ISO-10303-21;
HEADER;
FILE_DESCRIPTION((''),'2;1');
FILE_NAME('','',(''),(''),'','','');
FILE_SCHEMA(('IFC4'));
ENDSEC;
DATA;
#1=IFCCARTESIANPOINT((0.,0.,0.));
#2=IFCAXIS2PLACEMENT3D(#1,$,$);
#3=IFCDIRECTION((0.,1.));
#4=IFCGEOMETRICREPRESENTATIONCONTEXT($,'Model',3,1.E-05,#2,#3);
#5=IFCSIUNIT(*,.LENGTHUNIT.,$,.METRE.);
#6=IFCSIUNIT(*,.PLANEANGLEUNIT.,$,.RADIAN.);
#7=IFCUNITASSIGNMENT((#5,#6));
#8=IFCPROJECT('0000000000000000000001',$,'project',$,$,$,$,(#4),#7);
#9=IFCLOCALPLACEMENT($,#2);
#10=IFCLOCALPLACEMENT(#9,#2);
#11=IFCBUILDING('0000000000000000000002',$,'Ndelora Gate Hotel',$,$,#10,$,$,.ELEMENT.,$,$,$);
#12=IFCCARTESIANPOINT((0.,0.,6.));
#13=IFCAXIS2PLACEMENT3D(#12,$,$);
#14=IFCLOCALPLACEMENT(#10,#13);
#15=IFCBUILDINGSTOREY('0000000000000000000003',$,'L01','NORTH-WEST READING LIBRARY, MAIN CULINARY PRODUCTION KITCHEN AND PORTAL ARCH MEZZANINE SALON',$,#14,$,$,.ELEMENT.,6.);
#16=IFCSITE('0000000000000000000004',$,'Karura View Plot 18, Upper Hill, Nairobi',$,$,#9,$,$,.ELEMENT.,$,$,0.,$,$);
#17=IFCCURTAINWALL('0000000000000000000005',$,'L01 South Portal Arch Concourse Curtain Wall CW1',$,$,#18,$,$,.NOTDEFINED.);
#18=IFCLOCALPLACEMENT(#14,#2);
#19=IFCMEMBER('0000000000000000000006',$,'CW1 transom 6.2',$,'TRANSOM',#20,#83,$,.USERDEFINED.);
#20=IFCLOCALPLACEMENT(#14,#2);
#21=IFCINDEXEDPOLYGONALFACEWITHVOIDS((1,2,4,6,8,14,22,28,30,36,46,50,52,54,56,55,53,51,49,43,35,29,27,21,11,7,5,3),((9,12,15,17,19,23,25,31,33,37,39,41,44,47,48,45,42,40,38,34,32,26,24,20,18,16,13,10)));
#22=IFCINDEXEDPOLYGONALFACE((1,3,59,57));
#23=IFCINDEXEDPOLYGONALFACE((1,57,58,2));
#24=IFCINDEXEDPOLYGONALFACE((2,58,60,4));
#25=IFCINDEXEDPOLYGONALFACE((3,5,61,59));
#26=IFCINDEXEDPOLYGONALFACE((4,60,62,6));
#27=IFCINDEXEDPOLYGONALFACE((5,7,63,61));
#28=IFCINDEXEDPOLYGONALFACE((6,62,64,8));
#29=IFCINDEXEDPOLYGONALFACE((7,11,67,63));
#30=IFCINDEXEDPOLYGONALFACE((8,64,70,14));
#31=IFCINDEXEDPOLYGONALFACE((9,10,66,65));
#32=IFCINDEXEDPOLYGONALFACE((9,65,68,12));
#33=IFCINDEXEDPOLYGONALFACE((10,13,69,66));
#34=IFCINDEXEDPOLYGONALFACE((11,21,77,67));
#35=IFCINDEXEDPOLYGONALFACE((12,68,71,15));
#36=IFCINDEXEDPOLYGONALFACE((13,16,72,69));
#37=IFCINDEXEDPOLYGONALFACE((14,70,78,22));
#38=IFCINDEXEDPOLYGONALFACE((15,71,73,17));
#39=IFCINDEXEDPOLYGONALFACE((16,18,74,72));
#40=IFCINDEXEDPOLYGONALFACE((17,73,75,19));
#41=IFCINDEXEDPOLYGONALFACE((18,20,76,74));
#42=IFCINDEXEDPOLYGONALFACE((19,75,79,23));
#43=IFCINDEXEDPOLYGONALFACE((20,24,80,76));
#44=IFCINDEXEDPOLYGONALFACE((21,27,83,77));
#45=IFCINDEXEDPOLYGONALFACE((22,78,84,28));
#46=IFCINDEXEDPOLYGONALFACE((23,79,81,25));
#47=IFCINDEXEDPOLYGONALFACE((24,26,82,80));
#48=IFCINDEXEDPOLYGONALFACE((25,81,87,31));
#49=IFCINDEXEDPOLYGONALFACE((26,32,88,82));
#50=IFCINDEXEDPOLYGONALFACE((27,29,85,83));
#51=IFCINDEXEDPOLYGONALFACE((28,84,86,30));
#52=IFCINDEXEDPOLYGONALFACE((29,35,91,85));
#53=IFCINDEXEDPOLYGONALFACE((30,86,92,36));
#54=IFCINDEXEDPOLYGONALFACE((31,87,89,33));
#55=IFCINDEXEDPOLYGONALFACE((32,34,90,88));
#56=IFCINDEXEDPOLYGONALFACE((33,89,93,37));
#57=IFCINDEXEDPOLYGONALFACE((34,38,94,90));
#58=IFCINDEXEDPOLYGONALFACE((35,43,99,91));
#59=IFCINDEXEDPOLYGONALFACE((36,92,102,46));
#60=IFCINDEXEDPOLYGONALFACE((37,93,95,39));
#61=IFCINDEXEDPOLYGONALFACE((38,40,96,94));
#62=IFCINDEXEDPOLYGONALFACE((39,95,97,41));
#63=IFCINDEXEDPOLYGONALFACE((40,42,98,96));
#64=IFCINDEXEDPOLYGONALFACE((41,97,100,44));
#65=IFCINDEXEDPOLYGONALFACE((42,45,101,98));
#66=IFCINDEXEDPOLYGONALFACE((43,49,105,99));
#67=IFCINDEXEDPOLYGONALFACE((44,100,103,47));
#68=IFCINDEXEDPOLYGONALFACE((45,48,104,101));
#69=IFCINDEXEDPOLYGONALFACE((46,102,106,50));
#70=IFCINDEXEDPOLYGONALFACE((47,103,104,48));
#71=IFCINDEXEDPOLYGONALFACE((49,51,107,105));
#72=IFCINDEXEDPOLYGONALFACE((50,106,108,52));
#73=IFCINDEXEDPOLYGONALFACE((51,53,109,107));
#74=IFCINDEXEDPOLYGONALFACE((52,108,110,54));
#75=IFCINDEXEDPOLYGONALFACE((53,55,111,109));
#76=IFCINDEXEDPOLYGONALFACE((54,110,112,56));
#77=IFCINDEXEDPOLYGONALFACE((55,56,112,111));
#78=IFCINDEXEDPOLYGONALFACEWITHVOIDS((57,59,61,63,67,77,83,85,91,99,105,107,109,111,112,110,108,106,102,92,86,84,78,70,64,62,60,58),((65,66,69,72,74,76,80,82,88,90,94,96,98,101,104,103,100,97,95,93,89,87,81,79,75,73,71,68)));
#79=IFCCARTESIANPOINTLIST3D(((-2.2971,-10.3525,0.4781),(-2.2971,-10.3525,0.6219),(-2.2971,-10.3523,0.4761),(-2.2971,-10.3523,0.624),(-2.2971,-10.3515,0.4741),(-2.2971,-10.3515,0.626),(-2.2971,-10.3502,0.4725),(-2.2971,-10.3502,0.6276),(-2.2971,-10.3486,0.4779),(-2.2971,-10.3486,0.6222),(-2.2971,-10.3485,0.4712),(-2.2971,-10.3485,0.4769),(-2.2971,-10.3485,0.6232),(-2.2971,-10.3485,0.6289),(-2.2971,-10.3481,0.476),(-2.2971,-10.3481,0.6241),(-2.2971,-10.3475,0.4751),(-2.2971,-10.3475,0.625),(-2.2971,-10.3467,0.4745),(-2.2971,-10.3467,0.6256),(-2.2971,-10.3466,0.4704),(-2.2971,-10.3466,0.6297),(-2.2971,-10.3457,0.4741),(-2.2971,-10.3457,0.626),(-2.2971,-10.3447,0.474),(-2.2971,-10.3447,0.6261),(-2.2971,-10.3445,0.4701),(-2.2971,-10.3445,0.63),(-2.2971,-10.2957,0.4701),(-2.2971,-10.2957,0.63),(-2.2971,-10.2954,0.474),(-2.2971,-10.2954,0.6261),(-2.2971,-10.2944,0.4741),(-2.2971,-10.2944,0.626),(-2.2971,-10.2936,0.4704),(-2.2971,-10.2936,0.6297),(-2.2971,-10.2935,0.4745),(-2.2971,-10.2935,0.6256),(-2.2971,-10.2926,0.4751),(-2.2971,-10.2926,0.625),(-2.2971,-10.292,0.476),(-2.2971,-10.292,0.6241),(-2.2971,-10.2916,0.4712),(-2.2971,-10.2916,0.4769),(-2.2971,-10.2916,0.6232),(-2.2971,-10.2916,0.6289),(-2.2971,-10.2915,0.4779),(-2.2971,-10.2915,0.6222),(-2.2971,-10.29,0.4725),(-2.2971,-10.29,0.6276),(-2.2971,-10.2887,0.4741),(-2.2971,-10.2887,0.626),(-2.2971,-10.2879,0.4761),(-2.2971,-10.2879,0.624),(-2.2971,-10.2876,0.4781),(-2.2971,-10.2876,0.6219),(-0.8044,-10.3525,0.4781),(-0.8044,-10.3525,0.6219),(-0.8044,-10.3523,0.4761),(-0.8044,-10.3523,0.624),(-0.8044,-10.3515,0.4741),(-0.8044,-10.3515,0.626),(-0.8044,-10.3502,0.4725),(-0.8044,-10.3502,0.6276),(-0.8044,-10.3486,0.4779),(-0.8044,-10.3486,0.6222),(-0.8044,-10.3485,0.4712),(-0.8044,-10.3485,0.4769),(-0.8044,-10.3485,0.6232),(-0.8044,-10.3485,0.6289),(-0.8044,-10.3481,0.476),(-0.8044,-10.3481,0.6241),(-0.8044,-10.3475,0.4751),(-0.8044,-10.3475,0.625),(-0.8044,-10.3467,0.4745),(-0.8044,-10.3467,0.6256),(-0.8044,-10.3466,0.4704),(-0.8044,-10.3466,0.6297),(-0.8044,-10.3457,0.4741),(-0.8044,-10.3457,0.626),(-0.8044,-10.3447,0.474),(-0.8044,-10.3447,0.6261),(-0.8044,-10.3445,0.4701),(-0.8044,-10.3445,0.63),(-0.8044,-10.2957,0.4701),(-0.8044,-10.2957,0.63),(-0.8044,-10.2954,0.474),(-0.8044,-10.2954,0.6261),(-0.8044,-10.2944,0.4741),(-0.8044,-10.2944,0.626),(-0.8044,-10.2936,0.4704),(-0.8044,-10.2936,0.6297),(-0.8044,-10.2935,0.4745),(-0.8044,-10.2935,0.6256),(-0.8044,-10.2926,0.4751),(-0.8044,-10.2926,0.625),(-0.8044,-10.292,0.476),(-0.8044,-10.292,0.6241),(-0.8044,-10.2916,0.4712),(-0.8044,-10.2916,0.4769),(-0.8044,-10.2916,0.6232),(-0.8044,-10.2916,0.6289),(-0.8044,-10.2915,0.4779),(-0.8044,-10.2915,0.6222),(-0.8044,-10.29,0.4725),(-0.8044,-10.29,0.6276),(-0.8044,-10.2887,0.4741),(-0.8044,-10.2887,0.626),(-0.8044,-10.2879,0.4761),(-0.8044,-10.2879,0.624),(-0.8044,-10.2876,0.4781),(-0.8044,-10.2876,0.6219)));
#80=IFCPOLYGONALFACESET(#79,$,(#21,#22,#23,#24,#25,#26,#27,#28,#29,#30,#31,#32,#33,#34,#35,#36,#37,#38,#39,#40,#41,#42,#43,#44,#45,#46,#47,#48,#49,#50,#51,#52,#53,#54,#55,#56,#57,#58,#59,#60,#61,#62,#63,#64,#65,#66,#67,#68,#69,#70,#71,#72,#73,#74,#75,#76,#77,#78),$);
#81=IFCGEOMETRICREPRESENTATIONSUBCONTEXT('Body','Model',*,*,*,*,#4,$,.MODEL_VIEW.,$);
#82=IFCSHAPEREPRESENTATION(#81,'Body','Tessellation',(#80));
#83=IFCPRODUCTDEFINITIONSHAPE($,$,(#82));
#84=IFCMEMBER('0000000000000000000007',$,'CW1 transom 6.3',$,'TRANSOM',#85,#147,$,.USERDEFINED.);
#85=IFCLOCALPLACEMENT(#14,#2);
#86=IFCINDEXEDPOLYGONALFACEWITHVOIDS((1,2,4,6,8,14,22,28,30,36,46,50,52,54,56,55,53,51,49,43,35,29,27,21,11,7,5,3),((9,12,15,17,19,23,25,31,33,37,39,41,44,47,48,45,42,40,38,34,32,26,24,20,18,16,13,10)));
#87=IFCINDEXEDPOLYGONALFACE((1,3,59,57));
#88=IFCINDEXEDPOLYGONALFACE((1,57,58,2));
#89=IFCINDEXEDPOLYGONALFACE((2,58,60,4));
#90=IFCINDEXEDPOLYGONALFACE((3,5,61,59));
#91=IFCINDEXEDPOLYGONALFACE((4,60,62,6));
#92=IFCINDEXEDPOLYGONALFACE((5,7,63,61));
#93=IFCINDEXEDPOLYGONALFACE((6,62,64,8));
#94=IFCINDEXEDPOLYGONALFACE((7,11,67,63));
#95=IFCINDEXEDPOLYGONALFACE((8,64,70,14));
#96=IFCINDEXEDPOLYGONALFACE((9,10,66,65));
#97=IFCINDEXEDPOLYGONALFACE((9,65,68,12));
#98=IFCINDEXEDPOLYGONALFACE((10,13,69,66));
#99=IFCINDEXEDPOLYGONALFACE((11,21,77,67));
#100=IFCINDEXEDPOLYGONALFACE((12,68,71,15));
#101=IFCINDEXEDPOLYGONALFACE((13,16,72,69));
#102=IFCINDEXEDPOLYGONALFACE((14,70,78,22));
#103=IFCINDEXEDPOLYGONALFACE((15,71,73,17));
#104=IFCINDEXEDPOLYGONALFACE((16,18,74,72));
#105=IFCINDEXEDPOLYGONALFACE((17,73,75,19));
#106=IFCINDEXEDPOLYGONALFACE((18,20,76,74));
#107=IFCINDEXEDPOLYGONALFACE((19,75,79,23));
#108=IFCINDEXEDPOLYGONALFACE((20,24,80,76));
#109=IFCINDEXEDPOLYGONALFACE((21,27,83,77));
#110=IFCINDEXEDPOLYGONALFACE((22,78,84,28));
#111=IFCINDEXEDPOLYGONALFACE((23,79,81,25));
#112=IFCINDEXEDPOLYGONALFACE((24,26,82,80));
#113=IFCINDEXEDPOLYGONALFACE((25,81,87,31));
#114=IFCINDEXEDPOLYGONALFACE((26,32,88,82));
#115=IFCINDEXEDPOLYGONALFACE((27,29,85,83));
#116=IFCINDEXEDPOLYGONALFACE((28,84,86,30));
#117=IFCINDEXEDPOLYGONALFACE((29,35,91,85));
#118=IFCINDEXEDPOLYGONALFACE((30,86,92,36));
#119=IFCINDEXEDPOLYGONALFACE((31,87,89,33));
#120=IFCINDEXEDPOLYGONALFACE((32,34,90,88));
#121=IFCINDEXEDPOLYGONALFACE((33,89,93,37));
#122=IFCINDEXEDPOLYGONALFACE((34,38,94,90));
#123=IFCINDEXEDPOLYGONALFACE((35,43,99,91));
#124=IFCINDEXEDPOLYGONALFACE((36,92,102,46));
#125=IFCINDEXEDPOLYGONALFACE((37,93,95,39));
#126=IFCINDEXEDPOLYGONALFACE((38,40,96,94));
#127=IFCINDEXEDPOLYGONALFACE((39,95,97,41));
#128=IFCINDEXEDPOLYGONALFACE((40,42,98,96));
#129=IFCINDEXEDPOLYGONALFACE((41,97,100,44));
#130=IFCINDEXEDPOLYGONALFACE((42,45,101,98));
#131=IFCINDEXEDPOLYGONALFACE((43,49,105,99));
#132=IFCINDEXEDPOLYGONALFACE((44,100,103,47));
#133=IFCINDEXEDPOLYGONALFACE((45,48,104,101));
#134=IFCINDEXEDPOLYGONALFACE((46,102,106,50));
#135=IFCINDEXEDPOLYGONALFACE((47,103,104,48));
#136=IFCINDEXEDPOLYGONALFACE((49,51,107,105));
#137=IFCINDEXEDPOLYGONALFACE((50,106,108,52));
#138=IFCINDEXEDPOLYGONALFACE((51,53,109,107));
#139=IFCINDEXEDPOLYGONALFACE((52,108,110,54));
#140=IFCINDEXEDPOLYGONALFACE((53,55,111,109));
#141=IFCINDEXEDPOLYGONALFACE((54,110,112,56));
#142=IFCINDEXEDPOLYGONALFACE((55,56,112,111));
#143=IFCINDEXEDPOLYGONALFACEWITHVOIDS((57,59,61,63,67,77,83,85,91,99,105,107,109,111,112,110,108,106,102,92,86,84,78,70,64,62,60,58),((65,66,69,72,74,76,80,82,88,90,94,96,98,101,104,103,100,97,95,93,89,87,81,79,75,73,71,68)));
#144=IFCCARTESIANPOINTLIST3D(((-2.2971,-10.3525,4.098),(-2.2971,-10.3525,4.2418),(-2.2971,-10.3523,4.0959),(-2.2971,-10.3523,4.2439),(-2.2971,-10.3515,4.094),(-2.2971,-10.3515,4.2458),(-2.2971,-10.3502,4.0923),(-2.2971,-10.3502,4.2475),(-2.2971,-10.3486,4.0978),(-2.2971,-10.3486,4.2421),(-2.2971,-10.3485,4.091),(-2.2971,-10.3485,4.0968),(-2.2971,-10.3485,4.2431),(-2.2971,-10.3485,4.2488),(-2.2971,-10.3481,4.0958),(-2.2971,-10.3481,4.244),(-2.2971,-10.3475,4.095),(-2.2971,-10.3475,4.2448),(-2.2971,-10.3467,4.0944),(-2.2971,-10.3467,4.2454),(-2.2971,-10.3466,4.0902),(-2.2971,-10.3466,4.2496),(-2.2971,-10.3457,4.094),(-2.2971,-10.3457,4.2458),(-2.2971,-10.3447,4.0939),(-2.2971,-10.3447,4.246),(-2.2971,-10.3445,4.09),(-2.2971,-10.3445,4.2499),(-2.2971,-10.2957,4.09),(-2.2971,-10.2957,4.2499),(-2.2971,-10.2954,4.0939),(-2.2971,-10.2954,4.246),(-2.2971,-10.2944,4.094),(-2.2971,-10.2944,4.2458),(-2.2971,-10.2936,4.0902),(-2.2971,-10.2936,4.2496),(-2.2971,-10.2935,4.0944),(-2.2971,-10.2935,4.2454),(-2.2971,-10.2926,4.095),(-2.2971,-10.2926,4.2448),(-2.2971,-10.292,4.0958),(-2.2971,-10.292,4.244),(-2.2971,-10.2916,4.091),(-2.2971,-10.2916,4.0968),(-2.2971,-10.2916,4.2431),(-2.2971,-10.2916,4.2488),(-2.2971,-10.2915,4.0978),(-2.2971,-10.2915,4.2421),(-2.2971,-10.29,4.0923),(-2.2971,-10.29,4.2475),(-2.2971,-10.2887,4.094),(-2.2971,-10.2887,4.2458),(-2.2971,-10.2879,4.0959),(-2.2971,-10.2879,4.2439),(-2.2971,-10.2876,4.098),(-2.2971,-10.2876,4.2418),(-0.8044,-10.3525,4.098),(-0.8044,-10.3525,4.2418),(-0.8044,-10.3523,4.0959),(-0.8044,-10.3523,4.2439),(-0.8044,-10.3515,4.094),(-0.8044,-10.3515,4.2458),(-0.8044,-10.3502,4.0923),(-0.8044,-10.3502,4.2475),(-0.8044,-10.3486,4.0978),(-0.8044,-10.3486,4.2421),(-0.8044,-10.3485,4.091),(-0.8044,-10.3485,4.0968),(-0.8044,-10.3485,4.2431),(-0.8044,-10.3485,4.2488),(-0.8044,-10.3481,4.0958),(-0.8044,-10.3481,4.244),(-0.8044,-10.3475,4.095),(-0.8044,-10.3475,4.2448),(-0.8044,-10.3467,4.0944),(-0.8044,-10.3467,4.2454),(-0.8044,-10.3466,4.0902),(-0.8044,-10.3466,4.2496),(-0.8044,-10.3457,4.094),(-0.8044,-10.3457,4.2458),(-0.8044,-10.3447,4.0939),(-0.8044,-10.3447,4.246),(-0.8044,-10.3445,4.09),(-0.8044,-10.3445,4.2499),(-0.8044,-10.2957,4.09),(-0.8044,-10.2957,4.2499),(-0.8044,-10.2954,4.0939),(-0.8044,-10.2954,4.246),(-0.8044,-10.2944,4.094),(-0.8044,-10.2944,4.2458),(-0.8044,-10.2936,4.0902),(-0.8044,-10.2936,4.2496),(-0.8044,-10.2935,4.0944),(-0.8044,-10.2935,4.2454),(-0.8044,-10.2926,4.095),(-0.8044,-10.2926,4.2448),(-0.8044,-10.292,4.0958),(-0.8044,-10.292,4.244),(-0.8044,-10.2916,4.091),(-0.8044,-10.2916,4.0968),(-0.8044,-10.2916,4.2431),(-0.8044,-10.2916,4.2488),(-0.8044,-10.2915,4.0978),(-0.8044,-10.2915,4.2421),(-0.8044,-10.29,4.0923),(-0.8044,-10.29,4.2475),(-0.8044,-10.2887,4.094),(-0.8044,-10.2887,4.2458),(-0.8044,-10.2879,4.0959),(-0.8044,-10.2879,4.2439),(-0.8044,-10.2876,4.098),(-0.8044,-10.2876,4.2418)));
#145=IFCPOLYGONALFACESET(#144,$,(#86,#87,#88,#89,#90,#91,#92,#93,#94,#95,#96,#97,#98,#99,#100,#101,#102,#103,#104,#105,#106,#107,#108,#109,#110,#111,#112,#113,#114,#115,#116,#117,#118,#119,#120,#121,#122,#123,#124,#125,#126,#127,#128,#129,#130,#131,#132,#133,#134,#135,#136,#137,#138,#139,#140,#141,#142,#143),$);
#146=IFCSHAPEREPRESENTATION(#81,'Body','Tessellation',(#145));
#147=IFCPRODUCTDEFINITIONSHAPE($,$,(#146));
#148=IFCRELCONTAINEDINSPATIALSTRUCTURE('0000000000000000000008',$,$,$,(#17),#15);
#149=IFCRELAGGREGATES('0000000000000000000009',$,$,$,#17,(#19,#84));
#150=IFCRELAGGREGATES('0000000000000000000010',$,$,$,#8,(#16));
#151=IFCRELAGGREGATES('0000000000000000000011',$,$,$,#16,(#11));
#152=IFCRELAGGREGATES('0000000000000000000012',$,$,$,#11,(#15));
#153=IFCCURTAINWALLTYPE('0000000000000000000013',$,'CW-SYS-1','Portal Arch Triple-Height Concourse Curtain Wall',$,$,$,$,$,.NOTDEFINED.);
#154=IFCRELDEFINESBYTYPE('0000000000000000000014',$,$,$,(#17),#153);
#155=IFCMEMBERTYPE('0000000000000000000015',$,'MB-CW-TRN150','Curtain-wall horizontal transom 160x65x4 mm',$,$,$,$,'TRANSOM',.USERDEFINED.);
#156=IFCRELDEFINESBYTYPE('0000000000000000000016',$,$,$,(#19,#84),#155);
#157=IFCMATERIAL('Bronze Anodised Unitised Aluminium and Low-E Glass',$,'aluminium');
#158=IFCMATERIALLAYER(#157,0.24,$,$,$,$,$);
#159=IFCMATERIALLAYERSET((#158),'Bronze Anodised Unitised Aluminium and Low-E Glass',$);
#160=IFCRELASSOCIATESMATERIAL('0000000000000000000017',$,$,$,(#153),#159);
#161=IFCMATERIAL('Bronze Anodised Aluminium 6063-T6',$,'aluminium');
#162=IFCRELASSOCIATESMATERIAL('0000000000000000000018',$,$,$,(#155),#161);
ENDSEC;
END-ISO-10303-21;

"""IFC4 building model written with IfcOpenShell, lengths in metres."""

from ifc_helpers import new_model, si_unit, direction, frame, origin, origin_2d, place, context, subcontext, project, spatial, hollow_rectangle, extrude, material, layer, layer_set, material_profile, profile_set, type_object, element, aggregate, save


model = new_model("IFC4")

# Units and contexts
model_context = context("Model", 3, precision=1e-05, world=origin(), true_north=direction((0.0, 1.0)))
body_context = subcontext(model_context, "Body", "Model", "MODEL_VIEW")
ifc_project = project(units=[si_unit("LENGTHUNIT", "METRE"), si_unit("PLANEANGLEUNIT", "RADIAN")], contexts=[model_context])

# Site, building, storey
site_placement = place(None, origin())
site = spatial("IfcSite", under=ifc_project, at=site_placement, Name="Karura View Plot 18, Upper Hill, Nairobi", CompositionType="ELEMENT", RefElevation=0.0)
building_placement = place(site_placement, origin())
building = spatial("IfcBuilding", under=site, at=building_placement, Name="Ndelora Gate Hotel", CompositionType="ELEMENT")
storey_placement = place(building_placement, frame((0.0, 0.0, 6.0)))
storey = spatial("IfcBuildingStorey", under=building, at=storey_placement, Name="L01", Description="NORTH-WEST READING LIBRARY, MAIN CULINARY PRODUCTION KITCHEN AND PORTAL ARCH MEZZANINE SALON", CompositionType="ELEMENT", Elevation=6.0)

# Curtain wall, members
ifc_material_1 = material(Name="Bronze Anodised Unitised Aluminium and Low-E Glass", Category="aluminium")
ifc_layer_1 = layer(ifc_material_1, 0.24)
ifc_layer_set_1 = layer_set([ifc_layer_1], Name="Bronze Anodised Unitised Aluminium and Low-E Glass")
curtain_wall_type = type_object("IfcCurtainWallType", Name="CW-SYS-1", Description="Portal Arch Triple-Height Concourse Curtain Wall", PredefinedType="NOTDEFINED", material=ifc_layer_set_1)
curtain_wall_placement = place(storey_placement, origin())
curtain_wall = element("IfcCurtainWall", 1, at=curtain_wall_placement, inside=storey, type_object=curtain_wall_type, Name="L01 South Portal Arch Concourse Curtain Wall CW1", PredefinedType="NOTDEFINED")
ifc_material_2 = material(Name="Bronze Anodised Aluminium 6063-T6", Category="aluminium")
ifc_material_profile_1 = material_profile(ifc_material_2, hollow_rectangle(XDim=0.0649, YDim=0.1599, WallThickness=0.0039, InnerFilletRadius=0.0039, OuterFilletRadius=0.0081, at=origin_2d()), Name="ALU 160x65x4")
ifc_profile_set_1 = profile_set([ifc_material_profile_1], Name="Bronze Anodised Aluminium 6063-T6")
member_type_1 = type_object("IfcMemberType", Name="MB-CW-TRN150", Description="Curtain-wall horizontal transom 160x65x4 mm", ElementType="TRANSOM", PredefinedType="USERDEFINED", material=ifc_profile_set_1)
member_1_placement = place(storey_placement, frame((-2.2971, -10.3201, 0.55), z_axis=(1.0, 0.0, 0.0), x_axis=(0.0, 1.0, 0.0)))
member_1 = element("IfcMember", 2, at=member_1_placement, type_object=member_type_1, Name="CW1 transom 6.2", ObjectType="TRANSOM", PredefinedType="USERDEFINED", context=body_context, shape_type="SweptSolid", body=[
    extrude(hollow_rectangle(XDim=0.0649, YDim=0.1599, WallThickness=0.0039, InnerFilletRadius=0.0039, OuterFilletRadius=0.0081, at=origin_2d()), origin(), (0.0, 0.0, 1.0), 1.4927),
])
member_2_placement = place(storey_placement, frame((-2.2971, -10.3201, 4.1699), z_axis=(1.0, 0.0, 0.0), x_axis=(0.0, 1.0, 0.0)))
member_2 = element("IfcMember", 3, at=member_2_placement, type_object=member_type_1, Name="CW1 transom 6.3", ObjectType="TRANSOM", PredefinedType="USERDEFINED", context=body_context, shape_type="SweptSolid", body=[
    extrude(hollow_rectangle(XDim=0.0649, YDim=0.1599, WallThickness=0.0039, InnerFilletRadius=0.0039, OuterFilletRadius=0.0081, at=origin_2d()), origin(), (0.0, 0.0, 1.0), 1.4927),
])
aggregate(curtain_wall, [member_1, member_2])

save(model, "model.ifc")
